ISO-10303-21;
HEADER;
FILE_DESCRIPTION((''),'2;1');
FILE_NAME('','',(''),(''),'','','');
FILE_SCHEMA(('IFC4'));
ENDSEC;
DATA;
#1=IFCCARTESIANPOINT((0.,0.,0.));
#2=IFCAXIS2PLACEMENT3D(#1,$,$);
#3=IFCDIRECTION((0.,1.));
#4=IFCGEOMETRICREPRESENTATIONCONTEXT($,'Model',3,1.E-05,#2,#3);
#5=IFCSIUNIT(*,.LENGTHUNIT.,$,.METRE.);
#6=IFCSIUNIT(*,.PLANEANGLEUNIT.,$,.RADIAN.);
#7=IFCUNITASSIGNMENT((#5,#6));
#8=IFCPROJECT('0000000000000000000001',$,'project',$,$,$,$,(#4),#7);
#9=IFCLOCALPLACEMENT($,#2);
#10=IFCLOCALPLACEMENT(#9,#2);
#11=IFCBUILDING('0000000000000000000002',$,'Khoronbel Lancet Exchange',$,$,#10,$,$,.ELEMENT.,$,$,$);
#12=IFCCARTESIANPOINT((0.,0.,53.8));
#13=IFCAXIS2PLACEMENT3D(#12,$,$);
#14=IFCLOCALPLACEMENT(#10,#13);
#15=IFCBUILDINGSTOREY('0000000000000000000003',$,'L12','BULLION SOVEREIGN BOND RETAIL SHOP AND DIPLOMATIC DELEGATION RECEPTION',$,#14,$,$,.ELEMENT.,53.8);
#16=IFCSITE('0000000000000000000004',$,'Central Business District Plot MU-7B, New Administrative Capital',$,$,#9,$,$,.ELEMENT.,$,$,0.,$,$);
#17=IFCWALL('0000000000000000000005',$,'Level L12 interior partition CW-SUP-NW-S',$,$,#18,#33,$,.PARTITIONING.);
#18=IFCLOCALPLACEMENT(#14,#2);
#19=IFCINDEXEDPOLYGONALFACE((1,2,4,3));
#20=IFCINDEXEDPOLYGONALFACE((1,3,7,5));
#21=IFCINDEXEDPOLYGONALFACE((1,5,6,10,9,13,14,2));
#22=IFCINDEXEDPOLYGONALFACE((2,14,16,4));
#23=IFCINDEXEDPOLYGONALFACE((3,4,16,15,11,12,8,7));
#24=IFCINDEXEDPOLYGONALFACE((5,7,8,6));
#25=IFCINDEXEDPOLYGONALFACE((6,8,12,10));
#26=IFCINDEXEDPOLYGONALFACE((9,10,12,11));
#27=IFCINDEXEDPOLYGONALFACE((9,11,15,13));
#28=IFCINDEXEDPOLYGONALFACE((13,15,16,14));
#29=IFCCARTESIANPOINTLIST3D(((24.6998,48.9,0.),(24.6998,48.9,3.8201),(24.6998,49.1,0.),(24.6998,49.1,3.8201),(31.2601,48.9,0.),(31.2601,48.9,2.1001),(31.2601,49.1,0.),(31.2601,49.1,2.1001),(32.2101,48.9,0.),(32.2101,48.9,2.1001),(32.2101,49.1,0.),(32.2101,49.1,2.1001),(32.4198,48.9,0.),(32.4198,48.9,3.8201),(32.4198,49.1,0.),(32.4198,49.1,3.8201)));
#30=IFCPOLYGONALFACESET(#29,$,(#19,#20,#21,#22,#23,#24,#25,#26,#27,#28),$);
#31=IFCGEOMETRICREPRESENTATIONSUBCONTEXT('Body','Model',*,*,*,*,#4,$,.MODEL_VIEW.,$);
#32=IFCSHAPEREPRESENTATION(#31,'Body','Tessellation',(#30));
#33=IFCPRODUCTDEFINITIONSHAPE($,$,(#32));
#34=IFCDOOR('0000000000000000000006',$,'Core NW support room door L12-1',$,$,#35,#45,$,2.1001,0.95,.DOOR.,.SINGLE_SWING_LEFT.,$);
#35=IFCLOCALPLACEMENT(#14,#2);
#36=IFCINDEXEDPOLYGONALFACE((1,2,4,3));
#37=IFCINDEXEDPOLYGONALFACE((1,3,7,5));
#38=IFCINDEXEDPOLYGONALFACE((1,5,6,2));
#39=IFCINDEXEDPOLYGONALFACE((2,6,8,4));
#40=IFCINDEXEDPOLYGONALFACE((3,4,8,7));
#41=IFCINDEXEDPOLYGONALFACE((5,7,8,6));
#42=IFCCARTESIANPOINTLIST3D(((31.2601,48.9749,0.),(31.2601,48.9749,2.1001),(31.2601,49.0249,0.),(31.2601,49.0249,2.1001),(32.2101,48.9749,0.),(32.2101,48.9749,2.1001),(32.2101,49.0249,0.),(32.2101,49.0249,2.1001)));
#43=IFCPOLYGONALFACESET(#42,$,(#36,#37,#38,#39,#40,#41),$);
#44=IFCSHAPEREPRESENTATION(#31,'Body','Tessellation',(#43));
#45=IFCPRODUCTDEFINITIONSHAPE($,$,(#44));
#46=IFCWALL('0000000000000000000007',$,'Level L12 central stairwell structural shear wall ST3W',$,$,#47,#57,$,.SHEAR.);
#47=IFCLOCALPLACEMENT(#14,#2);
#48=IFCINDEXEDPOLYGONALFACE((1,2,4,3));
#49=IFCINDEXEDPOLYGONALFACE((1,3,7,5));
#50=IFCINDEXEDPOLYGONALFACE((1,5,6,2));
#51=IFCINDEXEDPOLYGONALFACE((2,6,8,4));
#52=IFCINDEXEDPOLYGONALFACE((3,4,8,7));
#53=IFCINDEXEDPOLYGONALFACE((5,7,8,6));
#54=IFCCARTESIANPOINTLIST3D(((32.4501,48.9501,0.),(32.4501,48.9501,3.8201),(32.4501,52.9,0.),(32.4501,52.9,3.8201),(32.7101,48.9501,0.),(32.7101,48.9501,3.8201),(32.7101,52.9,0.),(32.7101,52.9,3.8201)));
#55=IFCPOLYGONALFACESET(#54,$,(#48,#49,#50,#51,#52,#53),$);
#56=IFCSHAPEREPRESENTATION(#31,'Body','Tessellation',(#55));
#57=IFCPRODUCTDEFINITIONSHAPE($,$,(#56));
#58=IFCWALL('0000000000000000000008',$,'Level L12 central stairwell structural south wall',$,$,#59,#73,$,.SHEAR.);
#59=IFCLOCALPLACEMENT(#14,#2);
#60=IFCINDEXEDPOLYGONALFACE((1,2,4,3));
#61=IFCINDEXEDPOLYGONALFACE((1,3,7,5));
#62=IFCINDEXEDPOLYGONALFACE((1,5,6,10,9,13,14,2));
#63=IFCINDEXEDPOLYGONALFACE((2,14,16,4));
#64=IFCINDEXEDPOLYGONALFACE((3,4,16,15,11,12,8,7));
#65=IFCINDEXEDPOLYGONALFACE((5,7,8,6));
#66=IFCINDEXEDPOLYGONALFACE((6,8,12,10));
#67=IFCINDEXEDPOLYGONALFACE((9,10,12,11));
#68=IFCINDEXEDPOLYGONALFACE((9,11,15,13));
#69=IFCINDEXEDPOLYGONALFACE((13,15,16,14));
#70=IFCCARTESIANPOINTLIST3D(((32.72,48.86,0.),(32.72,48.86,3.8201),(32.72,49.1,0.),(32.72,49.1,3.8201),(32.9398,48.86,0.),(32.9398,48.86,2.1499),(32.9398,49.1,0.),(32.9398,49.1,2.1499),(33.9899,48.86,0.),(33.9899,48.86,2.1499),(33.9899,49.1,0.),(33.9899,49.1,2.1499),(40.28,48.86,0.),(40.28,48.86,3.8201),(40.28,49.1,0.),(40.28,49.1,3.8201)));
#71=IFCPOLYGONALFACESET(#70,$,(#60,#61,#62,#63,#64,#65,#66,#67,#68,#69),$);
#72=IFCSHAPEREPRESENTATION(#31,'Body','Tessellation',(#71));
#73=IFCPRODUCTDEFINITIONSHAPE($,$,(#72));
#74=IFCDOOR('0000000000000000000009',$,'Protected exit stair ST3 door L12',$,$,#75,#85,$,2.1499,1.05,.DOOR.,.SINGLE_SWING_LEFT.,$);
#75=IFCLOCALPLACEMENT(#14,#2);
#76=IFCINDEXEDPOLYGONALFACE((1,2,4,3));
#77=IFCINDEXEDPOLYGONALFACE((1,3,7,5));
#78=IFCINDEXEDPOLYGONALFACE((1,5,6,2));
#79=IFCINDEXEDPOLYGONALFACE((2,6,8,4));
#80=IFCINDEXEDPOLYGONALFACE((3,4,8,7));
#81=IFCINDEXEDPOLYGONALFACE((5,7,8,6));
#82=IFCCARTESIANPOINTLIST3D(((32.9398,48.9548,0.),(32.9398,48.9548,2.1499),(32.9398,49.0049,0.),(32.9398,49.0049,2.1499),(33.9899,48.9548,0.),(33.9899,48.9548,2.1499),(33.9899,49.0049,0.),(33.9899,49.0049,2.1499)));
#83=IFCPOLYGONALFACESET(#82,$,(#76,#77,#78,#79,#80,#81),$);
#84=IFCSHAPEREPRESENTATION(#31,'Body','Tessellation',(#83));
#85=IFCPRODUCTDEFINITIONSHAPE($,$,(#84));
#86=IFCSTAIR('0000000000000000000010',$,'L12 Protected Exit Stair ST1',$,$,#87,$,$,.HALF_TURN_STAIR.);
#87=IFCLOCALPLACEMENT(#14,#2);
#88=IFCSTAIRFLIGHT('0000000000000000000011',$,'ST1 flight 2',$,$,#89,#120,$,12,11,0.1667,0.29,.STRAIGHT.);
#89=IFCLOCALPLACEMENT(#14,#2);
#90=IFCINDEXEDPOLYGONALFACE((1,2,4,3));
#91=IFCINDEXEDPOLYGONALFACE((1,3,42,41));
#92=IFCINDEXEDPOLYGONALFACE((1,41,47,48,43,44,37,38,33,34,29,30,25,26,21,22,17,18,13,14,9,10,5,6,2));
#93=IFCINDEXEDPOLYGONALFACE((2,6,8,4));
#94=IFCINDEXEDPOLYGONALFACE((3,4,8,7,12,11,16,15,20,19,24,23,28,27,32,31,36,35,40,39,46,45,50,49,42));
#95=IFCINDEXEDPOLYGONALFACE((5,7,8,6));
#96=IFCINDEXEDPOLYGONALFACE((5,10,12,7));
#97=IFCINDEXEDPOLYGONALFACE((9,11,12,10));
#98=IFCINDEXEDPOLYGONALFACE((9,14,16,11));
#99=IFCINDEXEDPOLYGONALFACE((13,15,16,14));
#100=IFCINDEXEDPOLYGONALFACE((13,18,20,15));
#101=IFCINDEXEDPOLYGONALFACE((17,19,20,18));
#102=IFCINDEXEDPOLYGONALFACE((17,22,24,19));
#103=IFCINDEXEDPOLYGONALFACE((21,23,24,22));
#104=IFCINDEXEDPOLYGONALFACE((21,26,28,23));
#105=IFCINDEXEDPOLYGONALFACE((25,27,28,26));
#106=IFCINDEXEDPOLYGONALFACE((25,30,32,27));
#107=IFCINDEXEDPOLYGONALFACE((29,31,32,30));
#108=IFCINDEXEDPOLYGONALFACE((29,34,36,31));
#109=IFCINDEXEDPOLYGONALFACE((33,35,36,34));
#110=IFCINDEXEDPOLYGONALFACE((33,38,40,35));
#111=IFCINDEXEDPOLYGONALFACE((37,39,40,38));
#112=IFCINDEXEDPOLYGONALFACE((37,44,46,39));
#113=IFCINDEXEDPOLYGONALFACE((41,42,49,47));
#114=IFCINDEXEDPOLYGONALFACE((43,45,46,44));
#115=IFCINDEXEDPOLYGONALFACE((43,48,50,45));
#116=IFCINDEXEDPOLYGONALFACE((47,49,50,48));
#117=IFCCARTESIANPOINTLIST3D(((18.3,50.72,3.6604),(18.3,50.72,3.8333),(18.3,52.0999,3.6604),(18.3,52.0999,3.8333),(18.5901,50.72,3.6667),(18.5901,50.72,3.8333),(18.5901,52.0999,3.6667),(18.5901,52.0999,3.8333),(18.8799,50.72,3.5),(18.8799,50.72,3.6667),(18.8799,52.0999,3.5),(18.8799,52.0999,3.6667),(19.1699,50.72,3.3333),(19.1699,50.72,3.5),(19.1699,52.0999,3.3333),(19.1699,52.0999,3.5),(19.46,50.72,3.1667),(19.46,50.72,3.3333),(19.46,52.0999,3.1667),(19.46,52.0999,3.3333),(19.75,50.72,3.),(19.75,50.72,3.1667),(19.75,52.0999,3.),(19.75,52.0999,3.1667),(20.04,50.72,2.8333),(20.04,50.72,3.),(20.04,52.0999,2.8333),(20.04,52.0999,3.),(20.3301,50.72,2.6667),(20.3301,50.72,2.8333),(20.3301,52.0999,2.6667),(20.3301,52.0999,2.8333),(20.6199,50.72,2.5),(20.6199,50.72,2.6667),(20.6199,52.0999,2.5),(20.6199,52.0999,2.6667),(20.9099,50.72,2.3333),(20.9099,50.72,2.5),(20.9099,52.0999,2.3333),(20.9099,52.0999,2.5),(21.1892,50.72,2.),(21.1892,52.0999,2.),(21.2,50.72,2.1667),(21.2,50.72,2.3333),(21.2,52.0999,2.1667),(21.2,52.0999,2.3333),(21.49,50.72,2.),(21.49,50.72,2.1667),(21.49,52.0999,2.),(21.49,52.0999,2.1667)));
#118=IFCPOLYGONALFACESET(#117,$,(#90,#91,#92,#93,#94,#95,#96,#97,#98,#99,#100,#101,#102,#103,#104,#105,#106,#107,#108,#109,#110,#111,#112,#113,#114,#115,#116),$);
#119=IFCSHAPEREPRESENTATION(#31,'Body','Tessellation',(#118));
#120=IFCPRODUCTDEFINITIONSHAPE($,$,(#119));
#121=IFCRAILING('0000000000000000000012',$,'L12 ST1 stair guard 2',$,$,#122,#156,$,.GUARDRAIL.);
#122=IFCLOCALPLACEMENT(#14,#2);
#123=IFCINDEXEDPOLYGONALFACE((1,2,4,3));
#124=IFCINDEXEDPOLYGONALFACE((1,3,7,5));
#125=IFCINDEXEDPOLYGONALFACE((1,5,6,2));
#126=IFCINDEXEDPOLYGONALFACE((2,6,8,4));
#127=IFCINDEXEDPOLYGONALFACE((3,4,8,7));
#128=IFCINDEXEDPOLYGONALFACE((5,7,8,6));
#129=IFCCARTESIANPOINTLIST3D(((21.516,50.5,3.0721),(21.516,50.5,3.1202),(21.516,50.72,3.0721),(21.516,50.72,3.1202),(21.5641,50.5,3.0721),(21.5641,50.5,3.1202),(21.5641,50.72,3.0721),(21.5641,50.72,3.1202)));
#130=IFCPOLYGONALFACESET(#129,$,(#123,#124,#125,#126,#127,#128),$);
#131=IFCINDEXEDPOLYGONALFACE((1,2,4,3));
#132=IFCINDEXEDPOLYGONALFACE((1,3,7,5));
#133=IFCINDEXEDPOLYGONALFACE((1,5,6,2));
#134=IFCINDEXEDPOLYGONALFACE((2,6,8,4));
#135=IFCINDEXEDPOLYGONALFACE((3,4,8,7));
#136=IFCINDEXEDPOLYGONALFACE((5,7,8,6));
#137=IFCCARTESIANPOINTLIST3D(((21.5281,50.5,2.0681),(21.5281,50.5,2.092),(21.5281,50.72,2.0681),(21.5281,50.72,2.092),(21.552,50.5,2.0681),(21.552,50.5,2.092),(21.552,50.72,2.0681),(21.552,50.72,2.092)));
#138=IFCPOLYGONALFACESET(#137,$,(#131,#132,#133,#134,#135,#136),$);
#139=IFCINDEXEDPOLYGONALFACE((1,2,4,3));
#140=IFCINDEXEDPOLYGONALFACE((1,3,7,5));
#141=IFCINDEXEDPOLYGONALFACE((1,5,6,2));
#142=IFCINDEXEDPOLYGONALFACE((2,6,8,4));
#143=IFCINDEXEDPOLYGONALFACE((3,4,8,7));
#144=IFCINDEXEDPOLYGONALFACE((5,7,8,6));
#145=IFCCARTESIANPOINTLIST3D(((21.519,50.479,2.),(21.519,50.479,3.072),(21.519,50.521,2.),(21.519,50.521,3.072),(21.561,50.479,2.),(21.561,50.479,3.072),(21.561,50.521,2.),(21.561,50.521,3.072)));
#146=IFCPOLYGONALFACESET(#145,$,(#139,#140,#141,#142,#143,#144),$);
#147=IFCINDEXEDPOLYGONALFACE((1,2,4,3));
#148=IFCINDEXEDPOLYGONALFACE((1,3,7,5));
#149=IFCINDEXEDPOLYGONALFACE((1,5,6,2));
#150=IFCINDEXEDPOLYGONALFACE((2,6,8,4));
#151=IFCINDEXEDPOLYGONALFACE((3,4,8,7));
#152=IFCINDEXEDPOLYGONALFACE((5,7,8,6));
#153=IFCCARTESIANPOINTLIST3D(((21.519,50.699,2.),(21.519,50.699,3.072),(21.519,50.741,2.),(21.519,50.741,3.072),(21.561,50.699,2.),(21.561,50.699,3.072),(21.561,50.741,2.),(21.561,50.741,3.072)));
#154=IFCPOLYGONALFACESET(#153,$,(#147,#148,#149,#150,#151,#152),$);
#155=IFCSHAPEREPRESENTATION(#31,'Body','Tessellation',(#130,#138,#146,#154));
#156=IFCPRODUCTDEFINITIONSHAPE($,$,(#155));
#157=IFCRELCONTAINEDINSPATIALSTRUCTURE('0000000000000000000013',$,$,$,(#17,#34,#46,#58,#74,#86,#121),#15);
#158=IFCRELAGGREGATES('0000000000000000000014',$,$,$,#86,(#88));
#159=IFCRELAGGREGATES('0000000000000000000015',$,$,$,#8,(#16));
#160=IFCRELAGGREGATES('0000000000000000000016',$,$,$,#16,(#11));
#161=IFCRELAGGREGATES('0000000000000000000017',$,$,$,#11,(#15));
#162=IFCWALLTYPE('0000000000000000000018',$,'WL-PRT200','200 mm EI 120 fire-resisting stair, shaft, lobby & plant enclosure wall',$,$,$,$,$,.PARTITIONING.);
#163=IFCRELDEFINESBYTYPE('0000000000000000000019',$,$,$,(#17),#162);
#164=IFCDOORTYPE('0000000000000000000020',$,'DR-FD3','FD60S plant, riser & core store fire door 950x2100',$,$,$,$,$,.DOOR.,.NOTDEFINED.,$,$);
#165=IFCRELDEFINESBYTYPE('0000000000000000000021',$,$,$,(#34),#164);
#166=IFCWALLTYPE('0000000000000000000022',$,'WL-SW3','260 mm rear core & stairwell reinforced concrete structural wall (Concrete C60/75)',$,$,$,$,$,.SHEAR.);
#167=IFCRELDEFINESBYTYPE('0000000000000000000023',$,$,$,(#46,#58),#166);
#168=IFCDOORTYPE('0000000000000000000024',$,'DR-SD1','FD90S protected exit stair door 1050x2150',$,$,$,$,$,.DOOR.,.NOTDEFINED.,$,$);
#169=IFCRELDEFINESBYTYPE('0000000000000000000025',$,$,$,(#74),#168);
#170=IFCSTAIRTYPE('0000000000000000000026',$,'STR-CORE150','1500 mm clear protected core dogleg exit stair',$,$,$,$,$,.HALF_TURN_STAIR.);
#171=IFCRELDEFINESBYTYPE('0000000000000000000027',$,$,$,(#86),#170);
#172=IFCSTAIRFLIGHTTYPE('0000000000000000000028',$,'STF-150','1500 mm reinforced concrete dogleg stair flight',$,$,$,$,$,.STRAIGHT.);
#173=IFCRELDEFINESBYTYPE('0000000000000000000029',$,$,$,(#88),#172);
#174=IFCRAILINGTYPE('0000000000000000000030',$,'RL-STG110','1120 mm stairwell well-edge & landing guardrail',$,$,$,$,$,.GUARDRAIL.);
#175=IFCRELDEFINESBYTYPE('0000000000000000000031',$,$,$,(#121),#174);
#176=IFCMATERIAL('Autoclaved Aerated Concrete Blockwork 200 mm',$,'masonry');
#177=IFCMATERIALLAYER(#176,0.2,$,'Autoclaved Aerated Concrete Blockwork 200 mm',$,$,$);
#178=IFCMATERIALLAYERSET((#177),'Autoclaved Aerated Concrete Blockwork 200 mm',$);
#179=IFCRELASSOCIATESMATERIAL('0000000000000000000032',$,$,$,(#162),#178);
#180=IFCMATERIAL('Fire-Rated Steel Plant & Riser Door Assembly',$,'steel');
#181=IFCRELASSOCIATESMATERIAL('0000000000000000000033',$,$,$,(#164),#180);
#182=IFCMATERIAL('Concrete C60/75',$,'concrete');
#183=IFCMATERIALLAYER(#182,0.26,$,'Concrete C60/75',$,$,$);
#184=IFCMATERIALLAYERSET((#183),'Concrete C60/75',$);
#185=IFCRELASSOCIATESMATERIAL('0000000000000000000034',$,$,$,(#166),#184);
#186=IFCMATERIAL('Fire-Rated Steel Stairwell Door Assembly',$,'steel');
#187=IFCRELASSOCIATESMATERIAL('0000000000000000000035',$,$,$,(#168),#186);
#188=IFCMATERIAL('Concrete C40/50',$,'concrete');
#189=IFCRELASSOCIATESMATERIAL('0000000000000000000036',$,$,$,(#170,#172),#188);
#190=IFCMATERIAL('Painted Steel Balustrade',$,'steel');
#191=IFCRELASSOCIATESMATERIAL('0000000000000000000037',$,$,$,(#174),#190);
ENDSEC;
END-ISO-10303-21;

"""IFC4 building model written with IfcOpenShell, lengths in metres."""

from ifc_helpers import new_model, si_unit, direction, frame, frame_2d, origin, origin_2d, place, context, subcontext, project, spatial, polyline, rectangle, outline, extrude, material, layer, layer_set, type_object, element, fill, aggregate, save


model = new_model("IFC4")

# Units and contexts
model_context = context("Model", 3, precision=1e-05, world=origin(), true_north=direction((0.0, 1.0)))
body_context = subcontext(model_context, "Body", "Model", "MODEL_VIEW")
ifc_project = project(units=[si_unit("LENGTHUNIT", "METRE"), si_unit("PLANEANGLEUNIT", "RADIAN")], contexts=[model_context])

# Site, building, storey
site_placement = place(None, origin())
site = spatial("IfcSite", under=ifc_project, at=site_placement, Name="Central Business District Plot MU-7B, New Administrative Capital", CompositionType="ELEMENT", RefElevation=0.0)
building_placement = place(site_placement, origin())
building = spatial("IfcBuilding", under=site, at=building_placement, Name="Khoronbel Lancet Exchange", CompositionType="ELEMENT")
storey_placement = place(building_placement, frame((0.0, 0.0, 53.8)))
storey = spatial("IfcBuildingStorey", under=building, at=storey_placement, Name="L12", Description="BULLION SOVEREIGN BOND RETAIL SHOP AND DIPLOMATIC DELEGATION RECEPTION", CompositionType="ELEMENT", Elevation=53.8)

# Shared definitions
ifc_material_1 = material(Name="Autoclaved Aerated Concrete Blockwork 200 mm", Category="masonry")
ifc_layer_1 = layer(ifc_material_1, 0.2, Name="Autoclaved Aerated Concrete Blockwork 200 mm")
ifc_layer_set_1 = layer_set([ifc_layer_1], Name="Autoclaved Aerated Concrete Blockwork 200 mm")
wall_type_1 = type_object("IfcWallType", Name="WL-PRT200", Description="200 mm EI 120 fire-resisting stair, shaft, lobby & plant enclosure wall", PredefinedType="PARTITIONING", material=ifc_layer_set_1)

# Wall, opening, door
wall_1_placement = place(storey_placement, frame((24.7, 49.0, 0.0), z_axis=(0.0, 0.0, 1.0), x_axis=(1.0, 0.0, 0.0)))
wall_1 = element("IfcWall", 1, at=wall_1_placement, inside=storey, type_object=wall_type_1, Name="Level L12 interior partition CW-SUP-NW-S", PredefinedType="PARTITIONING", context=body_context, shape_type="SweptSolid", body=[
    extrude(rectangle(XDim=7.72, YDim=0.2, at=frame_2d((3.8599, 0.0))), origin(), (0.0, 0.0, 1.0), 3.8201),
])
opening_1_placement = place(wall_1_placement, frame((6.5601, 0.0, 0.0)))
opening_1 = element("IfcOpeningElement", 2, at=opening_1_placement, cuts=wall_1, PredefinedType="OPENING", context=body_context, shape_type="SweptSolid", body=[
    extrude(rectangle(XDim=0.95, YDim=2.1001, at=frame_2d((0.4751, 1.05))), frame((0.0, 0.1099, 0.0), z_axis=(0.0, -1.0, 0.0), x_axis=(1.0, 0.0, 0.0)), (0.0, 0.0, 1.0), 0.22),
])
ifc_material_2 = material(Name="Fire-Rated Steel Plant & Riser Door Assembly", Category="steel")
door_type_1 = type_object("IfcDoorType", Name="DR-FD3", Description="FD60S plant, riser & core store fire door 950x2100", OperationType="NOTDEFINED", PredefinedType="DOOR", material=ifc_material_2)
door_1_placement = place(opening_1_placement, origin())
door_1 = element("IfcDoor", 3, at=door_1_placement, inside=storey, type_object=door_type_1, Name="Core NW support room door L12-1", OperationType="SINGLE_SWING_LEFT", OverallHeight=2.1001, OverallWidth=0.95, PredefinedType="DOOR", context=body_context, shape_type="SweptSolid", body=[
    extrude(rectangle(XDim=0.95, YDim=2.1001, at=frame_2d((0.4751, 1.05))), frame((0.0, 0.0249, 0.0), z_axis=(0.0, -1.0, 0.0), x_axis=(1.0, 0.0, 0.0)), (0.0, 0.0, 1.0), 0.05),
])
fill(opening_1, door_1)

# Wall
ifc_material_3 = material(Name="Concrete C60/75", Category="concrete")
ifc_layer_2 = layer(ifc_material_3, 0.26, Name="Concrete C60/75")
ifc_layer_set_2 = layer_set([ifc_layer_2], Name="Concrete C60/75")
wall_type_2 = type_object("IfcWallType", Name="WL-SW3", Description="260 mm rear core & stairwell reinforced concrete structural wall (Concrete C60/75)", PredefinedType="SHEAR", material=ifc_layer_set_2)
wall_2_placement = place(storey_placement, frame((32.5801, 48.95, 0.0), z_axis=(0.0, 0.0, 1.0), x_axis=(0.0, 1.0, 0.0)))
element("IfcWall", 4, at=wall_2_placement, inside=storey, type_object=wall_type_2, Name="Level L12 central stairwell structural shear wall ST3W", PredefinedType="SHEAR", context=body_context, shape_type="SweptSolid", body=[
    extrude(rectangle(XDim=3.95, YDim=0.26, at=frame_2d((1.9751, 0.0))), origin(), (0.0, 0.0, 1.0), 3.8201),
])

# Wall, opening, door
wall_3_placement = place(storey_placement, frame((32.72, 48.98, 0.0), z_axis=(0.0, 0.0, 1.0), x_axis=(1.0, 0.0, 0.0)))
wall_3 = element("IfcWall", 5, at=wall_3_placement, inside=storey, type_object=wall_type_2, Name="Level L12 central stairwell structural south wall", PredefinedType="SHEAR", context=body_context, shape_type="SweptSolid", body=[
    extrude(rectangle(XDim=7.5601, YDim=0.24, at=frame_2d((3.78, 0.0))), origin(), (0.0, 0.0, 1.0), 3.8201),
])
opening_2_placement = place(wall_3_placement, frame((0.22, 0.0, 0.0)))
opening_2 = element("IfcOpeningElement", 6, at=opening_2_placement, cuts=wall_3, PredefinedType="OPENING", context=body_context, shape_type="SweptSolid", body=[
    extrude(rectangle(XDim=1.05, YDim=2.1499, at=frame_2d((0.5249, 1.075))), frame((0.0, 0.1299, 0.0), z_axis=(0.0, -1.0, 0.0), x_axis=(1.0, 0.0, 0.0)), (0.0, 0.0, 1.0), 0.26),
])
ifc_material_4 = material(Name="Fire-Rated Steel Stairwell Door Assembly", Category="steel")
door_type_2 = type_object("IfcDoorType", Name="DR-SD1", Description="FD90S protected exit stair door 1050x2150", OperationType="NOTDEFINED", PredefinedType="DOOR", material=ifc_material_4)
door_2_placement = place(opening_2_placement, origin())
door_2 = element("IfcDoor", 7, at=door_2_placement, inside=storey, type_object=door_type_2, Name="Protected exit stair ST3 door L12", OperationType="SINGLE_SWING_LEFT", OverallHeight=2.1499, OverallWidth=1.05, PredefinedType="DOOR", context=body_context, shape_type="SweptSolid", body=[
    extrude(rectangle(XDim=1.05, YDim=2.1499, at=frame_2d((0.5249, 1.075))), frame((0.0, 0.0249, 0.0), z_axis=(0.0, -1.0, 0.0), x_axis=(1.0, 0.0, 0.0)), (0.0, 0.0, 1.0), 0.05),
])
fill(opening_2, door_2)

# Stair, stair flight
ifc_material_5 = material(Name="Concrete C40/50", Category="concrete")
stair_type = type_object("IfcStairType", Name="STR-CORE150", Description="1500 mm clear protected core dogleg exit stair", PredefinedType="HALF_TURN_STAIR", material=ifc_material_5)
stair_placement = place(storey_placement, origin())
stair = element("IfcStair", 8, at=stair_placement, inside=storey, type_object=stair_type, Name="L12 Protected Exit Stair ST1", PredefinedType="HALF_TURN_STAIR")
stair_flight_type = type_object("IfcStairFlightType", Name="STF-150", Description="1500 mm reinforced concrete dogleg stair flight", PredefinedType="STRAIGHT", material=ifc_material_5)
stair_flight_placement = place(storey_placement, frame((21.49, 51.4099, 2.0), z_axis=(0.0, 0.0, 1.0), x_axis=(-1.0, 0.0, 0.0)))
stair_flight = element("IfcStairFlight", 9, at=stair_flight_placement, type_object=stair_flight_type, Name="ST1 flight 2", NumberOfRisers=12, NumberOfTreads=11, PredefinedType="STRAIGHT", RiserHeight=0.1667, TreadLength=0.29, context=body_context, shape_type="SweptSolid", body=[
    extrude(outline(polyline([(0.0, 0.0), (0.0, 0.1667), (0.29, 0.1667), (0.29, 0.3333), (0.5801, 0.3333), (0.5801, 0.5), (0.8701, 0.5), (0.8701, 0.6667), (1.1599, 0.6667), (1.1599, 0.8333), (1.45, 0.8333), (1.45, 1.0), (1.74, 1.0), (1.74, 1.1667), (2.03, 1.1667), (2.03, 1.3333), (2.3201, 1.3333), (2.3201, 1.5), (2.6101, 1.5), (2.6101, 1.6667), (2.8999, 1.6667), (2.8999, 1.8333), (3.1899, 1.8333), (3.1899, 2.0), (3.1899, 1.6604), (0.3008, 0.0), (0.0, 0.0)])), frame((0.0, 0.6899, 0.0), z_axis=(0.0, -1.0, 0.0), x_axis=(1.0, 0.0, 0.0)), (0.0, 0.0, 1.0), 1.3799),
])
aggregate(stair, [stair_flight])

# Railing
ifc_material_6 = material(Name="Painted Steel Balustrade", Category="steel")
railing_type_1 = type_object("IfcRailingType", Name="RL-STG110", Description="1120 mm stairwell well-edge & landing guardrail", PredefinedType="GUARDRAIL", material=ifc_material_6)
railing_1_placement = place(storey_placement, frame((21.54, 50.5, 2.0)))
element("IfcRailing", 10, at=railing_1_placement, inside=storey, type_object=railing_type_1, Name="L12 ST1 stair guard 2", PredefinedType="GUARDRAIL", context=body_context, shape_type="SweptSolid", body=[
    extrude(rectangle(XDim=0.0481, YDim=0.0481, at=origin_2d()), frame((0.0, 0.0, 1.0962), z_axis=(0.0, 1.0, 0.0), x_axis=(-1.0, 0.0, 0.0)), (0.0, 0.0, 1.0), 0.22),
    extrude(rectangle(XDim=0.0239, YDim=0.0239, at=origin_2d()), frame((0.0, 0.0, 0.0801), z_axis=(0.0, 1.0, 0.0), x_axis=(-1.0, 0.0, 0.0)), (0.0, 0.0, 1.0), 0.22),
    extrude(rectangle(XDim=0.042, YDim=0.042, at=origin_2d()), origin(), (0.0, 0.0, 1.0), 1.072),
    extrude(rectangle(XDim=0.042, YDim=0.042, at=origin_2d()), frame((0.0, 0.22, 0.0)), (0.0, 0.0, 1.0), 1.072),
])

save(model, "model.ifc")
